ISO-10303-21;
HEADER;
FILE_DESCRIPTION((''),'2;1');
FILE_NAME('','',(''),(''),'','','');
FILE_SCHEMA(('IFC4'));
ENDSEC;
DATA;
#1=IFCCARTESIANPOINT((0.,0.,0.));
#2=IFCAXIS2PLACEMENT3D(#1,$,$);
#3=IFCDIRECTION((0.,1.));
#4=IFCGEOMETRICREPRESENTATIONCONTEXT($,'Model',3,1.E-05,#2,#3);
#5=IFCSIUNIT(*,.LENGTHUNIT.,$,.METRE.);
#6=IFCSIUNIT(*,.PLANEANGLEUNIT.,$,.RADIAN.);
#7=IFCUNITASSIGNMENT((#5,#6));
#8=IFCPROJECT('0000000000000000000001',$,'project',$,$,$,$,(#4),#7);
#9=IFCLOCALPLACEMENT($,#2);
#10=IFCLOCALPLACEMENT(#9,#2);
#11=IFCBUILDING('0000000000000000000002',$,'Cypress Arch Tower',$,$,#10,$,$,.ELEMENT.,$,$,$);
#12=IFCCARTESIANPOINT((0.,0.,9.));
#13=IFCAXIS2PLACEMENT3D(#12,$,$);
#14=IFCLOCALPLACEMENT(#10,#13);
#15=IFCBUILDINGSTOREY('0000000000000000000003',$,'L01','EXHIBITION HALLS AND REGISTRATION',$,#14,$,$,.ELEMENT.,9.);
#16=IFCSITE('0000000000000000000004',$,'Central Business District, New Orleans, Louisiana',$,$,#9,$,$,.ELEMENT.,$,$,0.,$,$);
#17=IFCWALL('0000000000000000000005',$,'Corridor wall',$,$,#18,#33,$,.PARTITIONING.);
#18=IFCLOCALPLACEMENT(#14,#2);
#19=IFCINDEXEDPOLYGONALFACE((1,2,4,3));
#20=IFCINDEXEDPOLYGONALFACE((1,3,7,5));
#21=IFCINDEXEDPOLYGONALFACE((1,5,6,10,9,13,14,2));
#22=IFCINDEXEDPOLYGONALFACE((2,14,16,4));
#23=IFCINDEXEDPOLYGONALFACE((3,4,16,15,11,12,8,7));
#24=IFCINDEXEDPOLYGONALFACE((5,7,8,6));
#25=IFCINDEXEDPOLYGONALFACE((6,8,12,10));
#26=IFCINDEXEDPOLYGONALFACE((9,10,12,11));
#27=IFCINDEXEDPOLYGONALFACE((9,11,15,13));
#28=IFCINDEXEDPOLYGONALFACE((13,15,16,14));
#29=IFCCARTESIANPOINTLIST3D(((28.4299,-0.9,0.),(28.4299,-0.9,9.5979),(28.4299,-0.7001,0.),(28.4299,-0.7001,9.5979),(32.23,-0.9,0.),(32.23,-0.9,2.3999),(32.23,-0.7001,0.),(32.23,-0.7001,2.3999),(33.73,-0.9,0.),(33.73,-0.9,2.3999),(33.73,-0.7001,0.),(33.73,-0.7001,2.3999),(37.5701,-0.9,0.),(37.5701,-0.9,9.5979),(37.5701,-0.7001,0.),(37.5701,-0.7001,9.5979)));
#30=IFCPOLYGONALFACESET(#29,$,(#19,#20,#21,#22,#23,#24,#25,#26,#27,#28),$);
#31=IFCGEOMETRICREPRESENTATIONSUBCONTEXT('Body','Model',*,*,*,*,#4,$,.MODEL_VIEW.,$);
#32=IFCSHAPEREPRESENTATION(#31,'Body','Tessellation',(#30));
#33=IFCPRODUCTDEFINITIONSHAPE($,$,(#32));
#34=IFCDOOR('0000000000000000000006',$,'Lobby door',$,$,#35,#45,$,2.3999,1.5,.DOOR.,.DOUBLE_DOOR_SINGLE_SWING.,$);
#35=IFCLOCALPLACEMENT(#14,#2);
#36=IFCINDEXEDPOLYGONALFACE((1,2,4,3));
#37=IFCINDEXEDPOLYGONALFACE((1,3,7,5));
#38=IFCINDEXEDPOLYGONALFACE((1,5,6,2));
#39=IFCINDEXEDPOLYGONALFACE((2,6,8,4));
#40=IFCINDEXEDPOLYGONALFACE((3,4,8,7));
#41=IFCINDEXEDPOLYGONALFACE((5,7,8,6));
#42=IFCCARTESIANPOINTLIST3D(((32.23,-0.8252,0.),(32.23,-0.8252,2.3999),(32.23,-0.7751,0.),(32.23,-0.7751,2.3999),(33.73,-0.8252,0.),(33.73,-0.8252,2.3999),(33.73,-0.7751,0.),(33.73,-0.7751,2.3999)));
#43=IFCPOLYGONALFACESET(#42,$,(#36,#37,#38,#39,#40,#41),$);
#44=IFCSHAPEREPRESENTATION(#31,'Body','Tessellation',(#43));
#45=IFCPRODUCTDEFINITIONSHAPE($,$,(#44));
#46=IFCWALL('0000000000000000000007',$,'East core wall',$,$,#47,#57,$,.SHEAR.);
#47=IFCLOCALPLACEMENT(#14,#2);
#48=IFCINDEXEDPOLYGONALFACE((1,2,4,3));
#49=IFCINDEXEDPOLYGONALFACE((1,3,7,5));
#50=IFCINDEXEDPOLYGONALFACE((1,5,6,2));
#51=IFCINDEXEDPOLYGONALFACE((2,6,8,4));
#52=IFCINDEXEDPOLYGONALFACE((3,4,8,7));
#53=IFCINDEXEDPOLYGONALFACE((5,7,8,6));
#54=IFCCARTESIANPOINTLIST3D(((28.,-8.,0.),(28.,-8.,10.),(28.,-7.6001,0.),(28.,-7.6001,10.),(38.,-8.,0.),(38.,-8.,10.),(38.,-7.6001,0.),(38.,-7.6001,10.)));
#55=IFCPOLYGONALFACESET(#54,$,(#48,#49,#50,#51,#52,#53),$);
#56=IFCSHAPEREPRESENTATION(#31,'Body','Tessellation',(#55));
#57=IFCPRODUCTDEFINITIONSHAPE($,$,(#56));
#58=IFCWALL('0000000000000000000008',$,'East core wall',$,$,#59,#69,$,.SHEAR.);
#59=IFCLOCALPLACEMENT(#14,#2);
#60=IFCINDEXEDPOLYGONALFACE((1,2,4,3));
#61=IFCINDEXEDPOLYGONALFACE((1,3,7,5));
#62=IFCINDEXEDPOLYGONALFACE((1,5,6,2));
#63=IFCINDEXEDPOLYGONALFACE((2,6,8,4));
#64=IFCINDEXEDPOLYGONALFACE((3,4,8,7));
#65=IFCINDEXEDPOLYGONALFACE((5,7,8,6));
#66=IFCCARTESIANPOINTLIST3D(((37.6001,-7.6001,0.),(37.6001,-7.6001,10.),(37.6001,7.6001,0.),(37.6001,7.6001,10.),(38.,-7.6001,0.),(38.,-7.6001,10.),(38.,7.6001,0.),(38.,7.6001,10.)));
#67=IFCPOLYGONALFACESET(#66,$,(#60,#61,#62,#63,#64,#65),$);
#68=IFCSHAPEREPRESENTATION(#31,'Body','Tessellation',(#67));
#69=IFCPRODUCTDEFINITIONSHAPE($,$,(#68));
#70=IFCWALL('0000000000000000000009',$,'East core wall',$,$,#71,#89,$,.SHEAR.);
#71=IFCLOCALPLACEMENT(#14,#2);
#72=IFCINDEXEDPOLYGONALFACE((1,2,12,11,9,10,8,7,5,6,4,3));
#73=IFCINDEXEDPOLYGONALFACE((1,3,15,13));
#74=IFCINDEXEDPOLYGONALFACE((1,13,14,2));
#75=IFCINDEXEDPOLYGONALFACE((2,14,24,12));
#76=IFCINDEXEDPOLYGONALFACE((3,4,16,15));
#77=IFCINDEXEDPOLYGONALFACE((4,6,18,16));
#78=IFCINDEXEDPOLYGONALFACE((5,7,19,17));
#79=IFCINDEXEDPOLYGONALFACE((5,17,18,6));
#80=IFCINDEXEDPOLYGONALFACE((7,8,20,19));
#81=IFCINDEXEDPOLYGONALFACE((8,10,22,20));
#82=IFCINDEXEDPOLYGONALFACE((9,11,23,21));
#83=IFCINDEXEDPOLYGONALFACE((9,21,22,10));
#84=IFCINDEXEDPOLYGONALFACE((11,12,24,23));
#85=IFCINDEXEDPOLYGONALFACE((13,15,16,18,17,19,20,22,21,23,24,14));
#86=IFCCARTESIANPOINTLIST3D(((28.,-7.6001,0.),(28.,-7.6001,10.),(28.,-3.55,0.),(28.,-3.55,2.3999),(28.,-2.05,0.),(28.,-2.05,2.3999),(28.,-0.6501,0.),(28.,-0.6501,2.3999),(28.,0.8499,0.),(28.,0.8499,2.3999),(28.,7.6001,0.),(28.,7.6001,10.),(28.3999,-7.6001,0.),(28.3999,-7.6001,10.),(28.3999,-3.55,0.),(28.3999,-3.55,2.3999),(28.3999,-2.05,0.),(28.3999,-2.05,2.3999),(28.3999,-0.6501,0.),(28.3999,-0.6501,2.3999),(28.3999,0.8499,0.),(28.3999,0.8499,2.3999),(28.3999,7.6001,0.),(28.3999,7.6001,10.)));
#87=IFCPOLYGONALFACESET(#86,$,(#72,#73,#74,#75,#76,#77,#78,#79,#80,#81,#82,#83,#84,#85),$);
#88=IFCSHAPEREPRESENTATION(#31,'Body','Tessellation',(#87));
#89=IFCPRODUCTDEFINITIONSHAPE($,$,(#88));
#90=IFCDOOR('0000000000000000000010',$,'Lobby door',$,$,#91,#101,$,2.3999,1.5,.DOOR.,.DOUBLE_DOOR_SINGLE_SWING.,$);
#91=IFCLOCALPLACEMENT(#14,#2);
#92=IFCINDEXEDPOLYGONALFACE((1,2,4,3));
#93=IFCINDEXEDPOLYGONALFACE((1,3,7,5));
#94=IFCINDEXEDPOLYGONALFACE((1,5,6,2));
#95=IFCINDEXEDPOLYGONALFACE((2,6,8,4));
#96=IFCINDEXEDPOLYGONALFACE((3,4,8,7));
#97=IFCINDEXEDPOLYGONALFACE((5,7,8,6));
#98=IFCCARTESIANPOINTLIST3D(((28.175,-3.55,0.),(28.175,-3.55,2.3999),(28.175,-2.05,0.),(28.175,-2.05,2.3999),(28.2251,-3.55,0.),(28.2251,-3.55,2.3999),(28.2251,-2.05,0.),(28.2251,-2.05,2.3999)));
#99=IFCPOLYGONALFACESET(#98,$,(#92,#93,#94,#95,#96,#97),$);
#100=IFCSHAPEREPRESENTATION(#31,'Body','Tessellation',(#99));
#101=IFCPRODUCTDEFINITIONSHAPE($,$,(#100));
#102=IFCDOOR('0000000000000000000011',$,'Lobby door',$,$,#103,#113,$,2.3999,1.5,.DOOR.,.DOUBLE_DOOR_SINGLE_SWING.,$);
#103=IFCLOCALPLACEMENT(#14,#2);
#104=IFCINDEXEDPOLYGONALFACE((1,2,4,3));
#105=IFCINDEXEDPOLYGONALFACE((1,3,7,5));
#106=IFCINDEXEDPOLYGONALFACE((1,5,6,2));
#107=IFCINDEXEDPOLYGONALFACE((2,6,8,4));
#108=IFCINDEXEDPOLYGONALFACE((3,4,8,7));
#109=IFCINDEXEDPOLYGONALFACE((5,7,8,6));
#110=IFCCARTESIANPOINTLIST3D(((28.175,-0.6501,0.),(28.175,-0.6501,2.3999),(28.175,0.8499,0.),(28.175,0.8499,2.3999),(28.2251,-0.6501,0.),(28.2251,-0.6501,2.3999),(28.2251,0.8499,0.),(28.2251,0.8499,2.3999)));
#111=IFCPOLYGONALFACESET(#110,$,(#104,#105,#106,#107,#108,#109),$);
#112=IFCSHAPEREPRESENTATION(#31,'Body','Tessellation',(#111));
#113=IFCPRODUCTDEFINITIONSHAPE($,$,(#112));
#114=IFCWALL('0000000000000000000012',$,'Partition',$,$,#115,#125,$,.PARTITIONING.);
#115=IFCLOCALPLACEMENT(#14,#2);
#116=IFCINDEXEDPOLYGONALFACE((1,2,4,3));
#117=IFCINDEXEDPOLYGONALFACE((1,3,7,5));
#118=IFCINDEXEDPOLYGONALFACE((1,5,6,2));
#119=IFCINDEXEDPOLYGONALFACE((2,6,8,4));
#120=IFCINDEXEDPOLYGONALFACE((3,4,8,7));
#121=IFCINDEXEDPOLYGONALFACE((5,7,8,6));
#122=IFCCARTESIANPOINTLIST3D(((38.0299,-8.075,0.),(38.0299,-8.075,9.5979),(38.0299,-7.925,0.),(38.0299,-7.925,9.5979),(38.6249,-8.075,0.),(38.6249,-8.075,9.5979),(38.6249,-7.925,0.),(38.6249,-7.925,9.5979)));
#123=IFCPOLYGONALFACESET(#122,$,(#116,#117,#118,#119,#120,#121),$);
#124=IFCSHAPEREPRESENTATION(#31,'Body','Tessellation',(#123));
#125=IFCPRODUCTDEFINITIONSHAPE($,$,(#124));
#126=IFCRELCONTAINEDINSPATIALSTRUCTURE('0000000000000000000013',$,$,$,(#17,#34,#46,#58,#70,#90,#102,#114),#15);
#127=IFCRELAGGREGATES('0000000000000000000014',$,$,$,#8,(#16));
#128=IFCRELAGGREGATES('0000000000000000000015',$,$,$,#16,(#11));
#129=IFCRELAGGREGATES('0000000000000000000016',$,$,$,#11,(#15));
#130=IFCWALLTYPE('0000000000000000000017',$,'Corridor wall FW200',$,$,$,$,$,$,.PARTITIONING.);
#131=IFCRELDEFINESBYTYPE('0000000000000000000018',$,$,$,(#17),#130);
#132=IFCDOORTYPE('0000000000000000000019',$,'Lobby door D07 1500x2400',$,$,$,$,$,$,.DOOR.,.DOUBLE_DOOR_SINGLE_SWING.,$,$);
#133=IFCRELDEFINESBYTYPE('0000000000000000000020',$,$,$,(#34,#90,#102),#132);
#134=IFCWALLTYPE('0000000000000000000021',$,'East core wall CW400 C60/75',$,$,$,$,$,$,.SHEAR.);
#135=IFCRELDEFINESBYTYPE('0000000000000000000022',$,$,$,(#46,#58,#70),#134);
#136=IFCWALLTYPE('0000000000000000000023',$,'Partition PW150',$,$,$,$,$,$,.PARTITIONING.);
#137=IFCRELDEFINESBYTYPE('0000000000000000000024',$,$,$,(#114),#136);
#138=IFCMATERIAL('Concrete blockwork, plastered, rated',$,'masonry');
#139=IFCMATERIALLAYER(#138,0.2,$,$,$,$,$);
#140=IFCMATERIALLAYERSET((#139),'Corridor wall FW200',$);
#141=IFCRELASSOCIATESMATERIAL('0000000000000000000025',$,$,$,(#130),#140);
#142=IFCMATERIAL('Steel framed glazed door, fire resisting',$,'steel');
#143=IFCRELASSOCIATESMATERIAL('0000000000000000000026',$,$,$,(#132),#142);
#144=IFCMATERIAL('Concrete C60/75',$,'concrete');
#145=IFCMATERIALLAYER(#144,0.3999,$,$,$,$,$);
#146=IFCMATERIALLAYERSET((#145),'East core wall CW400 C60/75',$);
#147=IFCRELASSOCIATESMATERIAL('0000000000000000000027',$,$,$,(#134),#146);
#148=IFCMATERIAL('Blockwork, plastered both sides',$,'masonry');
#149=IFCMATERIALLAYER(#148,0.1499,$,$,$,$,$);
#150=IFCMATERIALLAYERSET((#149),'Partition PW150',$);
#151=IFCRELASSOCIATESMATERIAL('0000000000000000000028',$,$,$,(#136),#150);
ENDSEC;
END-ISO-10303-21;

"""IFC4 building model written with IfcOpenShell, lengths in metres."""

from ifc_helpers import new_model, si_unit, direction, frame, frame_2d, origin, place, context, subcontext, project, spatial, rectangle, extrude, material, layer, layer_set, type_object, element, fill, save


model = new_model("IFC4")

# Units and contexts
model_context = context("Model", 3, precision=1e-05, world=origin(), true_north=direction((0.0, 1.0)))
body_context = subcontext(model_context, "Body", "Model", "MODEL_VIEW")
ifc_project = project(units=[si_unit("LENGTHUNIT", "METRE"), si_unit("PLANEANGLEUNIT", "RADIAN")], contexts=[model_context])

# Site, building, storey
site_placement = place(None, origin())
site = spatial("IfcSite", under=ifc_project, at=site_placement, Name="Central Business District, New Orleans, Louisiana", CompositionType="ELEMENT", RefElevation=0.0)
building_placement = place(site_placement, origin())
building = spatial("IfcBuilding", under=site, at=building_placement, Name="Cypress Arch Tower", CompositionType="ELEMENT")
storey_placement = place(building_placement, frame((0.0, 0.0, 9.0)))
storey = spatial("IfcBuildingStorey", under=building, at=storey_placement, Name="L01", Description="EXHIBITION HALLS AND REGISTRATION", CompositionType="ELEMENT", Elevation=9.0)

# Wall, opening, door
ifc_material_1 = material(Name="Concrete blockwork, plastered, rated", Category="masonry")
ifc_layer_1 = layer(ifc_material_1, 0.2)
ifc_layer_set_1 = layer_set([ifc_layer_1], Name="Corridor wall FW200")
wall_type_1 = type_object("IfcWallType", Name="Corridor wall FW200", PredefinedType="PARTITIONING", material=ifc_layer_set_1)
wall_1_placement = place(storey_placement, frame((28.4299, -0.8, 0.0), z_axis=(0.0, 0.0, 1.0), x_axis=(1.0, 0.0, 0.0)))
wall_1 = element("IfcWall", 1, at=wall_1_placement, inside=storey, type_object=wall_type_1, Name="Corridor wall", PredefinedType="PARTITIONING", context=body_context, shape_type="SweptSolid", body=[
    extrude(rectangle(XDim=9.1401, YDim=0.2, at=frame_2d((4.5701, 0.0))), origin(), (0.0, 0.0, 1.0), 9.5979),
])
opening_1_placement = place(wall_1_placement, frame((3.8, 0.0, 0.0)))
opening_1 = element("IfcOpeningElement", 2, at=opening_1_placement, cuts=wall_1, PredefinedType="OPENING", context=body_context, shape_type="SweptSolid", body=[
    extrude(rectangle(XDim=1.5, YDim=2.3999, at=frame_2d((0.75, 1.2))), frame((0.0, 0.1099, 0.0), z_axis=(0.0, -1.0, 0.0), x_axis=(1.0, 0.0, 0.0)), (0.0, 0.0, 1.0), 0.22),
])
ifc_material_2 = material(Name="Steel framed glazed door, fire resisting", Category="steel")
door_type_1 = type_object("IfcDoorType", Name="Lobby door D07 1500x2400", OperationType="DOUBLE_DOOR_SINGLE_SWING", PredefinedType="DOOR", material=ifc_material_2)
door_1_placement = place(opening_1_placement, origin())
door_1 = element("IfcDoor", 3, at=door_1_placement, inside=storey, type_object=door_type_1, Name="Lobby door", OperationType="DOUBLE_DOOR_SINGLE_SWING", OverallHeight=2.3999, OverallWidth=1.5, PredefinedType="DOOR", context=body_context, shape_type="SweptSolid", body=[
    extrude(rectangle(XDim=1.5, YDim=2.3999, at=frame_2d((0.75, 1.2))), frame((0.0, 0.0249, 0.0), z_axis=(0.0, -1.0, 0.0), x_axis=(1.0, 0.0, 0.0)), (0.0, 0.0, 1.0), 0.05),
])
fill(opening_1, door_1)

# Walls
ifc_material_3 = material(Name="Concrete C60/75", Category="concrete")
ifc_layer_2 = layer(ifc_material_3, 0.3999)
ifc_layer_set_2 = layer_set([ifc_layer_2], Name="East core wall CW400 C60/75")
wall_type_2 = type_object("IfcWallType", Name="East core wall CW400 C60/75", PredefinedType="SHEAR", material=ifc_layer_set_2)
wall_2_placement = place(storey_placement, frame((28.0, -7.8, 0.0), z_axis=(0.0, 0.0, 1.0), x_axis=(1.0, 0.0, 0.0)))
element("IfcWall", 4, at=wall_2_placement, inside=storey, type_object=wall_type_2, Name="East core wall", PredefinedType="SHEAR", context=body_context, shape_type="SweptSolid", body=[
    extrude(rectangle(XDim=10.0, YDim=0.3999, at=frame_2d((5.0, 0.0))), origin(), (0.0, 0.0, 1.0), 10.0),
])
wall_3_placement = place(storey_placement, frame((37.8, -7.6001, 0.0), z_axis=(0.0, 0.0, 1.0), x_axis=(0.0, 1.0, 0.0)))
element("IfcWall", 5, at=wall_3_placement, inside=storey, type_object=wall_type_2, Name="East core wall", PredefinedType="SHEAR", context=body_context, shape_type="SweptSolid", body=[
    extrude(rectangle(XDim=15.2002, YDim=0.3999, at=frame_2d((7.6001, 0.0))), origin(), (0.0, 0.0, 1.0), 10.0),
])

# Wall, openings, doors
wall_4_placement = place(storey_placement, frame((28.2, -7.6001, 0.0), z_axis=(0.0, 0.0, 1.0), x_axis=(0.0, 1.0, 0.0)))
wall_4 = element("IfcWall", 6, at=wall_4_placement, inside=storey, type_object=wall_type_2, Name="East core wall", PredefinedType="SHEAR", context=body_context, shape_type="SweptSolid", body=[
    extrude(rectangle(XDim=15.2002, YDim=0.3999, at=frame_2d((7.6001, 0.0))), origin(), (0.0, 0.0, 1.0), 10.0),
])
opening_2_placement = place(wall_4_placement, frame((4.05, 0.0, 0.0)))
opening_2 = element("IfcOpeningElement", 7, at=opening_2_placement, cuts=wall_4, PredefinedType="OPENING", context=body_context, shape_type="SweptSolid", body=[
    extrude(rectangle(XDim=1.5, YDim=2.3999, at=frame_2d((0.75, 1.2))), frame((0.0, 0.21, 0.0), z_axis=(0.0, -1.0, 0.0), x_axis=(1.0, 0.0, 0.0)), (0.0, 0.0, 1.0), 0.4199),
])
opening_3_placement = place(wall_4_placement, frame((6.95, 0.0, 0.0)))
opening_3 = element("IfcOpeningElement", 8, at=opening_3_placement, cuts=wall_4, PredefinedType="OPENING", context=body_context, shape_type="SweptSolid", body=[
    extrude(rectangle(XDim=1.5, YDim=2.3999, at=frame_2d((0.75, 1.2))), frame((0.0, 0.21, 0.0), z_axis=(0.0, -1.0, 0.0), x_axis=(1.0, 0.0, 0.0)), (0.0, 0.0, 1.0), 0.4199),
])
door_2_placement = place(opening_2_placement, origin())
door_2 = element("IfcDoor", 9, at=door_2_placement, inside=storey, type_object=door_type_1, Name="Lobby door", OperationType="DOUBLE_DOOR_SINGLE_SWING", OverallHeight=2.3999, OverallWidth=1.5, PredefinedType="DOOR", context=body_context, shape_type="SweptSolid", body=[
    extrude(rectangle(XDim=1.5, YDim=2.3999, at=frame_2d((0.75, 1.2))), frame((0.0, 0.0249, 0.0), z_axis=(0.0, -1.0, 0.0), x_axis=(1.0, 0.0, 0.0)), (0.0, 0.0, 1.0), 0.05),
])
fill(opening_2, door_2)
door_3_placement = place(opening_3_placement, origin())
door_3 = element("IfcDoor", 10, at=door_3_placement, inside=storey, type_object=door_type_1, Name="Lobby door", OperationType="DOUBLE_DOOR_SINGLE_SWING", OverallHeight=2.3999, OverallWidth=1.5, PredefinedType="DOOR", context=body_context, shape_type="SweptSolid", body=[
    extrude(rectangle(XDim=1.5, YDim=2.3999, at=frame_2d((0.75, 1.2))), frame((0.0, 0.0249, 0.0), z_axis=(0.0, -1.0, 0.0), x_axis=(1.0, 0.0, 0.0)), (0.0, 0.0, 1.0), 0.05),
])
fill(opening_3, door_3)

# Wall
ifc_material_4 = material(Name="Blockwork, plastered both sides", Category="masonry")
ifc_layer_3 = layer(ifc_material_4, 0.1499)
ifc_layer_set_3 = layer_set([ifc_layer_3], Name="Partition PW150")
wall_type_3 = type_object("IfcWallType", Name="Partition PW150", PredefinedType="PARTITIONING", material=ifc_layer_set_3)
wall_5_placement = place(storey_placement, frame((38.03, -8.0, 0.0), z_axis=(0.0, 0.0, 1.0), x_axis=(1.0, 0.0, 0.0)))
element("IfcWall", 11, at=wall_5_placement, inside=storey, type_object=wall_type_3, Name="Partition", PredefinedType="PARTITIONING", context=body_context, shape_type="SweptSolid", body=[
    extrude(rectangle(XDim=0.595, YDim=0.1499, at=frame_2d((0.2974, 0.0))), origin(), (0.0, 0.0, 1.0), 9.5979),
])

save(model, "model.ifc")
